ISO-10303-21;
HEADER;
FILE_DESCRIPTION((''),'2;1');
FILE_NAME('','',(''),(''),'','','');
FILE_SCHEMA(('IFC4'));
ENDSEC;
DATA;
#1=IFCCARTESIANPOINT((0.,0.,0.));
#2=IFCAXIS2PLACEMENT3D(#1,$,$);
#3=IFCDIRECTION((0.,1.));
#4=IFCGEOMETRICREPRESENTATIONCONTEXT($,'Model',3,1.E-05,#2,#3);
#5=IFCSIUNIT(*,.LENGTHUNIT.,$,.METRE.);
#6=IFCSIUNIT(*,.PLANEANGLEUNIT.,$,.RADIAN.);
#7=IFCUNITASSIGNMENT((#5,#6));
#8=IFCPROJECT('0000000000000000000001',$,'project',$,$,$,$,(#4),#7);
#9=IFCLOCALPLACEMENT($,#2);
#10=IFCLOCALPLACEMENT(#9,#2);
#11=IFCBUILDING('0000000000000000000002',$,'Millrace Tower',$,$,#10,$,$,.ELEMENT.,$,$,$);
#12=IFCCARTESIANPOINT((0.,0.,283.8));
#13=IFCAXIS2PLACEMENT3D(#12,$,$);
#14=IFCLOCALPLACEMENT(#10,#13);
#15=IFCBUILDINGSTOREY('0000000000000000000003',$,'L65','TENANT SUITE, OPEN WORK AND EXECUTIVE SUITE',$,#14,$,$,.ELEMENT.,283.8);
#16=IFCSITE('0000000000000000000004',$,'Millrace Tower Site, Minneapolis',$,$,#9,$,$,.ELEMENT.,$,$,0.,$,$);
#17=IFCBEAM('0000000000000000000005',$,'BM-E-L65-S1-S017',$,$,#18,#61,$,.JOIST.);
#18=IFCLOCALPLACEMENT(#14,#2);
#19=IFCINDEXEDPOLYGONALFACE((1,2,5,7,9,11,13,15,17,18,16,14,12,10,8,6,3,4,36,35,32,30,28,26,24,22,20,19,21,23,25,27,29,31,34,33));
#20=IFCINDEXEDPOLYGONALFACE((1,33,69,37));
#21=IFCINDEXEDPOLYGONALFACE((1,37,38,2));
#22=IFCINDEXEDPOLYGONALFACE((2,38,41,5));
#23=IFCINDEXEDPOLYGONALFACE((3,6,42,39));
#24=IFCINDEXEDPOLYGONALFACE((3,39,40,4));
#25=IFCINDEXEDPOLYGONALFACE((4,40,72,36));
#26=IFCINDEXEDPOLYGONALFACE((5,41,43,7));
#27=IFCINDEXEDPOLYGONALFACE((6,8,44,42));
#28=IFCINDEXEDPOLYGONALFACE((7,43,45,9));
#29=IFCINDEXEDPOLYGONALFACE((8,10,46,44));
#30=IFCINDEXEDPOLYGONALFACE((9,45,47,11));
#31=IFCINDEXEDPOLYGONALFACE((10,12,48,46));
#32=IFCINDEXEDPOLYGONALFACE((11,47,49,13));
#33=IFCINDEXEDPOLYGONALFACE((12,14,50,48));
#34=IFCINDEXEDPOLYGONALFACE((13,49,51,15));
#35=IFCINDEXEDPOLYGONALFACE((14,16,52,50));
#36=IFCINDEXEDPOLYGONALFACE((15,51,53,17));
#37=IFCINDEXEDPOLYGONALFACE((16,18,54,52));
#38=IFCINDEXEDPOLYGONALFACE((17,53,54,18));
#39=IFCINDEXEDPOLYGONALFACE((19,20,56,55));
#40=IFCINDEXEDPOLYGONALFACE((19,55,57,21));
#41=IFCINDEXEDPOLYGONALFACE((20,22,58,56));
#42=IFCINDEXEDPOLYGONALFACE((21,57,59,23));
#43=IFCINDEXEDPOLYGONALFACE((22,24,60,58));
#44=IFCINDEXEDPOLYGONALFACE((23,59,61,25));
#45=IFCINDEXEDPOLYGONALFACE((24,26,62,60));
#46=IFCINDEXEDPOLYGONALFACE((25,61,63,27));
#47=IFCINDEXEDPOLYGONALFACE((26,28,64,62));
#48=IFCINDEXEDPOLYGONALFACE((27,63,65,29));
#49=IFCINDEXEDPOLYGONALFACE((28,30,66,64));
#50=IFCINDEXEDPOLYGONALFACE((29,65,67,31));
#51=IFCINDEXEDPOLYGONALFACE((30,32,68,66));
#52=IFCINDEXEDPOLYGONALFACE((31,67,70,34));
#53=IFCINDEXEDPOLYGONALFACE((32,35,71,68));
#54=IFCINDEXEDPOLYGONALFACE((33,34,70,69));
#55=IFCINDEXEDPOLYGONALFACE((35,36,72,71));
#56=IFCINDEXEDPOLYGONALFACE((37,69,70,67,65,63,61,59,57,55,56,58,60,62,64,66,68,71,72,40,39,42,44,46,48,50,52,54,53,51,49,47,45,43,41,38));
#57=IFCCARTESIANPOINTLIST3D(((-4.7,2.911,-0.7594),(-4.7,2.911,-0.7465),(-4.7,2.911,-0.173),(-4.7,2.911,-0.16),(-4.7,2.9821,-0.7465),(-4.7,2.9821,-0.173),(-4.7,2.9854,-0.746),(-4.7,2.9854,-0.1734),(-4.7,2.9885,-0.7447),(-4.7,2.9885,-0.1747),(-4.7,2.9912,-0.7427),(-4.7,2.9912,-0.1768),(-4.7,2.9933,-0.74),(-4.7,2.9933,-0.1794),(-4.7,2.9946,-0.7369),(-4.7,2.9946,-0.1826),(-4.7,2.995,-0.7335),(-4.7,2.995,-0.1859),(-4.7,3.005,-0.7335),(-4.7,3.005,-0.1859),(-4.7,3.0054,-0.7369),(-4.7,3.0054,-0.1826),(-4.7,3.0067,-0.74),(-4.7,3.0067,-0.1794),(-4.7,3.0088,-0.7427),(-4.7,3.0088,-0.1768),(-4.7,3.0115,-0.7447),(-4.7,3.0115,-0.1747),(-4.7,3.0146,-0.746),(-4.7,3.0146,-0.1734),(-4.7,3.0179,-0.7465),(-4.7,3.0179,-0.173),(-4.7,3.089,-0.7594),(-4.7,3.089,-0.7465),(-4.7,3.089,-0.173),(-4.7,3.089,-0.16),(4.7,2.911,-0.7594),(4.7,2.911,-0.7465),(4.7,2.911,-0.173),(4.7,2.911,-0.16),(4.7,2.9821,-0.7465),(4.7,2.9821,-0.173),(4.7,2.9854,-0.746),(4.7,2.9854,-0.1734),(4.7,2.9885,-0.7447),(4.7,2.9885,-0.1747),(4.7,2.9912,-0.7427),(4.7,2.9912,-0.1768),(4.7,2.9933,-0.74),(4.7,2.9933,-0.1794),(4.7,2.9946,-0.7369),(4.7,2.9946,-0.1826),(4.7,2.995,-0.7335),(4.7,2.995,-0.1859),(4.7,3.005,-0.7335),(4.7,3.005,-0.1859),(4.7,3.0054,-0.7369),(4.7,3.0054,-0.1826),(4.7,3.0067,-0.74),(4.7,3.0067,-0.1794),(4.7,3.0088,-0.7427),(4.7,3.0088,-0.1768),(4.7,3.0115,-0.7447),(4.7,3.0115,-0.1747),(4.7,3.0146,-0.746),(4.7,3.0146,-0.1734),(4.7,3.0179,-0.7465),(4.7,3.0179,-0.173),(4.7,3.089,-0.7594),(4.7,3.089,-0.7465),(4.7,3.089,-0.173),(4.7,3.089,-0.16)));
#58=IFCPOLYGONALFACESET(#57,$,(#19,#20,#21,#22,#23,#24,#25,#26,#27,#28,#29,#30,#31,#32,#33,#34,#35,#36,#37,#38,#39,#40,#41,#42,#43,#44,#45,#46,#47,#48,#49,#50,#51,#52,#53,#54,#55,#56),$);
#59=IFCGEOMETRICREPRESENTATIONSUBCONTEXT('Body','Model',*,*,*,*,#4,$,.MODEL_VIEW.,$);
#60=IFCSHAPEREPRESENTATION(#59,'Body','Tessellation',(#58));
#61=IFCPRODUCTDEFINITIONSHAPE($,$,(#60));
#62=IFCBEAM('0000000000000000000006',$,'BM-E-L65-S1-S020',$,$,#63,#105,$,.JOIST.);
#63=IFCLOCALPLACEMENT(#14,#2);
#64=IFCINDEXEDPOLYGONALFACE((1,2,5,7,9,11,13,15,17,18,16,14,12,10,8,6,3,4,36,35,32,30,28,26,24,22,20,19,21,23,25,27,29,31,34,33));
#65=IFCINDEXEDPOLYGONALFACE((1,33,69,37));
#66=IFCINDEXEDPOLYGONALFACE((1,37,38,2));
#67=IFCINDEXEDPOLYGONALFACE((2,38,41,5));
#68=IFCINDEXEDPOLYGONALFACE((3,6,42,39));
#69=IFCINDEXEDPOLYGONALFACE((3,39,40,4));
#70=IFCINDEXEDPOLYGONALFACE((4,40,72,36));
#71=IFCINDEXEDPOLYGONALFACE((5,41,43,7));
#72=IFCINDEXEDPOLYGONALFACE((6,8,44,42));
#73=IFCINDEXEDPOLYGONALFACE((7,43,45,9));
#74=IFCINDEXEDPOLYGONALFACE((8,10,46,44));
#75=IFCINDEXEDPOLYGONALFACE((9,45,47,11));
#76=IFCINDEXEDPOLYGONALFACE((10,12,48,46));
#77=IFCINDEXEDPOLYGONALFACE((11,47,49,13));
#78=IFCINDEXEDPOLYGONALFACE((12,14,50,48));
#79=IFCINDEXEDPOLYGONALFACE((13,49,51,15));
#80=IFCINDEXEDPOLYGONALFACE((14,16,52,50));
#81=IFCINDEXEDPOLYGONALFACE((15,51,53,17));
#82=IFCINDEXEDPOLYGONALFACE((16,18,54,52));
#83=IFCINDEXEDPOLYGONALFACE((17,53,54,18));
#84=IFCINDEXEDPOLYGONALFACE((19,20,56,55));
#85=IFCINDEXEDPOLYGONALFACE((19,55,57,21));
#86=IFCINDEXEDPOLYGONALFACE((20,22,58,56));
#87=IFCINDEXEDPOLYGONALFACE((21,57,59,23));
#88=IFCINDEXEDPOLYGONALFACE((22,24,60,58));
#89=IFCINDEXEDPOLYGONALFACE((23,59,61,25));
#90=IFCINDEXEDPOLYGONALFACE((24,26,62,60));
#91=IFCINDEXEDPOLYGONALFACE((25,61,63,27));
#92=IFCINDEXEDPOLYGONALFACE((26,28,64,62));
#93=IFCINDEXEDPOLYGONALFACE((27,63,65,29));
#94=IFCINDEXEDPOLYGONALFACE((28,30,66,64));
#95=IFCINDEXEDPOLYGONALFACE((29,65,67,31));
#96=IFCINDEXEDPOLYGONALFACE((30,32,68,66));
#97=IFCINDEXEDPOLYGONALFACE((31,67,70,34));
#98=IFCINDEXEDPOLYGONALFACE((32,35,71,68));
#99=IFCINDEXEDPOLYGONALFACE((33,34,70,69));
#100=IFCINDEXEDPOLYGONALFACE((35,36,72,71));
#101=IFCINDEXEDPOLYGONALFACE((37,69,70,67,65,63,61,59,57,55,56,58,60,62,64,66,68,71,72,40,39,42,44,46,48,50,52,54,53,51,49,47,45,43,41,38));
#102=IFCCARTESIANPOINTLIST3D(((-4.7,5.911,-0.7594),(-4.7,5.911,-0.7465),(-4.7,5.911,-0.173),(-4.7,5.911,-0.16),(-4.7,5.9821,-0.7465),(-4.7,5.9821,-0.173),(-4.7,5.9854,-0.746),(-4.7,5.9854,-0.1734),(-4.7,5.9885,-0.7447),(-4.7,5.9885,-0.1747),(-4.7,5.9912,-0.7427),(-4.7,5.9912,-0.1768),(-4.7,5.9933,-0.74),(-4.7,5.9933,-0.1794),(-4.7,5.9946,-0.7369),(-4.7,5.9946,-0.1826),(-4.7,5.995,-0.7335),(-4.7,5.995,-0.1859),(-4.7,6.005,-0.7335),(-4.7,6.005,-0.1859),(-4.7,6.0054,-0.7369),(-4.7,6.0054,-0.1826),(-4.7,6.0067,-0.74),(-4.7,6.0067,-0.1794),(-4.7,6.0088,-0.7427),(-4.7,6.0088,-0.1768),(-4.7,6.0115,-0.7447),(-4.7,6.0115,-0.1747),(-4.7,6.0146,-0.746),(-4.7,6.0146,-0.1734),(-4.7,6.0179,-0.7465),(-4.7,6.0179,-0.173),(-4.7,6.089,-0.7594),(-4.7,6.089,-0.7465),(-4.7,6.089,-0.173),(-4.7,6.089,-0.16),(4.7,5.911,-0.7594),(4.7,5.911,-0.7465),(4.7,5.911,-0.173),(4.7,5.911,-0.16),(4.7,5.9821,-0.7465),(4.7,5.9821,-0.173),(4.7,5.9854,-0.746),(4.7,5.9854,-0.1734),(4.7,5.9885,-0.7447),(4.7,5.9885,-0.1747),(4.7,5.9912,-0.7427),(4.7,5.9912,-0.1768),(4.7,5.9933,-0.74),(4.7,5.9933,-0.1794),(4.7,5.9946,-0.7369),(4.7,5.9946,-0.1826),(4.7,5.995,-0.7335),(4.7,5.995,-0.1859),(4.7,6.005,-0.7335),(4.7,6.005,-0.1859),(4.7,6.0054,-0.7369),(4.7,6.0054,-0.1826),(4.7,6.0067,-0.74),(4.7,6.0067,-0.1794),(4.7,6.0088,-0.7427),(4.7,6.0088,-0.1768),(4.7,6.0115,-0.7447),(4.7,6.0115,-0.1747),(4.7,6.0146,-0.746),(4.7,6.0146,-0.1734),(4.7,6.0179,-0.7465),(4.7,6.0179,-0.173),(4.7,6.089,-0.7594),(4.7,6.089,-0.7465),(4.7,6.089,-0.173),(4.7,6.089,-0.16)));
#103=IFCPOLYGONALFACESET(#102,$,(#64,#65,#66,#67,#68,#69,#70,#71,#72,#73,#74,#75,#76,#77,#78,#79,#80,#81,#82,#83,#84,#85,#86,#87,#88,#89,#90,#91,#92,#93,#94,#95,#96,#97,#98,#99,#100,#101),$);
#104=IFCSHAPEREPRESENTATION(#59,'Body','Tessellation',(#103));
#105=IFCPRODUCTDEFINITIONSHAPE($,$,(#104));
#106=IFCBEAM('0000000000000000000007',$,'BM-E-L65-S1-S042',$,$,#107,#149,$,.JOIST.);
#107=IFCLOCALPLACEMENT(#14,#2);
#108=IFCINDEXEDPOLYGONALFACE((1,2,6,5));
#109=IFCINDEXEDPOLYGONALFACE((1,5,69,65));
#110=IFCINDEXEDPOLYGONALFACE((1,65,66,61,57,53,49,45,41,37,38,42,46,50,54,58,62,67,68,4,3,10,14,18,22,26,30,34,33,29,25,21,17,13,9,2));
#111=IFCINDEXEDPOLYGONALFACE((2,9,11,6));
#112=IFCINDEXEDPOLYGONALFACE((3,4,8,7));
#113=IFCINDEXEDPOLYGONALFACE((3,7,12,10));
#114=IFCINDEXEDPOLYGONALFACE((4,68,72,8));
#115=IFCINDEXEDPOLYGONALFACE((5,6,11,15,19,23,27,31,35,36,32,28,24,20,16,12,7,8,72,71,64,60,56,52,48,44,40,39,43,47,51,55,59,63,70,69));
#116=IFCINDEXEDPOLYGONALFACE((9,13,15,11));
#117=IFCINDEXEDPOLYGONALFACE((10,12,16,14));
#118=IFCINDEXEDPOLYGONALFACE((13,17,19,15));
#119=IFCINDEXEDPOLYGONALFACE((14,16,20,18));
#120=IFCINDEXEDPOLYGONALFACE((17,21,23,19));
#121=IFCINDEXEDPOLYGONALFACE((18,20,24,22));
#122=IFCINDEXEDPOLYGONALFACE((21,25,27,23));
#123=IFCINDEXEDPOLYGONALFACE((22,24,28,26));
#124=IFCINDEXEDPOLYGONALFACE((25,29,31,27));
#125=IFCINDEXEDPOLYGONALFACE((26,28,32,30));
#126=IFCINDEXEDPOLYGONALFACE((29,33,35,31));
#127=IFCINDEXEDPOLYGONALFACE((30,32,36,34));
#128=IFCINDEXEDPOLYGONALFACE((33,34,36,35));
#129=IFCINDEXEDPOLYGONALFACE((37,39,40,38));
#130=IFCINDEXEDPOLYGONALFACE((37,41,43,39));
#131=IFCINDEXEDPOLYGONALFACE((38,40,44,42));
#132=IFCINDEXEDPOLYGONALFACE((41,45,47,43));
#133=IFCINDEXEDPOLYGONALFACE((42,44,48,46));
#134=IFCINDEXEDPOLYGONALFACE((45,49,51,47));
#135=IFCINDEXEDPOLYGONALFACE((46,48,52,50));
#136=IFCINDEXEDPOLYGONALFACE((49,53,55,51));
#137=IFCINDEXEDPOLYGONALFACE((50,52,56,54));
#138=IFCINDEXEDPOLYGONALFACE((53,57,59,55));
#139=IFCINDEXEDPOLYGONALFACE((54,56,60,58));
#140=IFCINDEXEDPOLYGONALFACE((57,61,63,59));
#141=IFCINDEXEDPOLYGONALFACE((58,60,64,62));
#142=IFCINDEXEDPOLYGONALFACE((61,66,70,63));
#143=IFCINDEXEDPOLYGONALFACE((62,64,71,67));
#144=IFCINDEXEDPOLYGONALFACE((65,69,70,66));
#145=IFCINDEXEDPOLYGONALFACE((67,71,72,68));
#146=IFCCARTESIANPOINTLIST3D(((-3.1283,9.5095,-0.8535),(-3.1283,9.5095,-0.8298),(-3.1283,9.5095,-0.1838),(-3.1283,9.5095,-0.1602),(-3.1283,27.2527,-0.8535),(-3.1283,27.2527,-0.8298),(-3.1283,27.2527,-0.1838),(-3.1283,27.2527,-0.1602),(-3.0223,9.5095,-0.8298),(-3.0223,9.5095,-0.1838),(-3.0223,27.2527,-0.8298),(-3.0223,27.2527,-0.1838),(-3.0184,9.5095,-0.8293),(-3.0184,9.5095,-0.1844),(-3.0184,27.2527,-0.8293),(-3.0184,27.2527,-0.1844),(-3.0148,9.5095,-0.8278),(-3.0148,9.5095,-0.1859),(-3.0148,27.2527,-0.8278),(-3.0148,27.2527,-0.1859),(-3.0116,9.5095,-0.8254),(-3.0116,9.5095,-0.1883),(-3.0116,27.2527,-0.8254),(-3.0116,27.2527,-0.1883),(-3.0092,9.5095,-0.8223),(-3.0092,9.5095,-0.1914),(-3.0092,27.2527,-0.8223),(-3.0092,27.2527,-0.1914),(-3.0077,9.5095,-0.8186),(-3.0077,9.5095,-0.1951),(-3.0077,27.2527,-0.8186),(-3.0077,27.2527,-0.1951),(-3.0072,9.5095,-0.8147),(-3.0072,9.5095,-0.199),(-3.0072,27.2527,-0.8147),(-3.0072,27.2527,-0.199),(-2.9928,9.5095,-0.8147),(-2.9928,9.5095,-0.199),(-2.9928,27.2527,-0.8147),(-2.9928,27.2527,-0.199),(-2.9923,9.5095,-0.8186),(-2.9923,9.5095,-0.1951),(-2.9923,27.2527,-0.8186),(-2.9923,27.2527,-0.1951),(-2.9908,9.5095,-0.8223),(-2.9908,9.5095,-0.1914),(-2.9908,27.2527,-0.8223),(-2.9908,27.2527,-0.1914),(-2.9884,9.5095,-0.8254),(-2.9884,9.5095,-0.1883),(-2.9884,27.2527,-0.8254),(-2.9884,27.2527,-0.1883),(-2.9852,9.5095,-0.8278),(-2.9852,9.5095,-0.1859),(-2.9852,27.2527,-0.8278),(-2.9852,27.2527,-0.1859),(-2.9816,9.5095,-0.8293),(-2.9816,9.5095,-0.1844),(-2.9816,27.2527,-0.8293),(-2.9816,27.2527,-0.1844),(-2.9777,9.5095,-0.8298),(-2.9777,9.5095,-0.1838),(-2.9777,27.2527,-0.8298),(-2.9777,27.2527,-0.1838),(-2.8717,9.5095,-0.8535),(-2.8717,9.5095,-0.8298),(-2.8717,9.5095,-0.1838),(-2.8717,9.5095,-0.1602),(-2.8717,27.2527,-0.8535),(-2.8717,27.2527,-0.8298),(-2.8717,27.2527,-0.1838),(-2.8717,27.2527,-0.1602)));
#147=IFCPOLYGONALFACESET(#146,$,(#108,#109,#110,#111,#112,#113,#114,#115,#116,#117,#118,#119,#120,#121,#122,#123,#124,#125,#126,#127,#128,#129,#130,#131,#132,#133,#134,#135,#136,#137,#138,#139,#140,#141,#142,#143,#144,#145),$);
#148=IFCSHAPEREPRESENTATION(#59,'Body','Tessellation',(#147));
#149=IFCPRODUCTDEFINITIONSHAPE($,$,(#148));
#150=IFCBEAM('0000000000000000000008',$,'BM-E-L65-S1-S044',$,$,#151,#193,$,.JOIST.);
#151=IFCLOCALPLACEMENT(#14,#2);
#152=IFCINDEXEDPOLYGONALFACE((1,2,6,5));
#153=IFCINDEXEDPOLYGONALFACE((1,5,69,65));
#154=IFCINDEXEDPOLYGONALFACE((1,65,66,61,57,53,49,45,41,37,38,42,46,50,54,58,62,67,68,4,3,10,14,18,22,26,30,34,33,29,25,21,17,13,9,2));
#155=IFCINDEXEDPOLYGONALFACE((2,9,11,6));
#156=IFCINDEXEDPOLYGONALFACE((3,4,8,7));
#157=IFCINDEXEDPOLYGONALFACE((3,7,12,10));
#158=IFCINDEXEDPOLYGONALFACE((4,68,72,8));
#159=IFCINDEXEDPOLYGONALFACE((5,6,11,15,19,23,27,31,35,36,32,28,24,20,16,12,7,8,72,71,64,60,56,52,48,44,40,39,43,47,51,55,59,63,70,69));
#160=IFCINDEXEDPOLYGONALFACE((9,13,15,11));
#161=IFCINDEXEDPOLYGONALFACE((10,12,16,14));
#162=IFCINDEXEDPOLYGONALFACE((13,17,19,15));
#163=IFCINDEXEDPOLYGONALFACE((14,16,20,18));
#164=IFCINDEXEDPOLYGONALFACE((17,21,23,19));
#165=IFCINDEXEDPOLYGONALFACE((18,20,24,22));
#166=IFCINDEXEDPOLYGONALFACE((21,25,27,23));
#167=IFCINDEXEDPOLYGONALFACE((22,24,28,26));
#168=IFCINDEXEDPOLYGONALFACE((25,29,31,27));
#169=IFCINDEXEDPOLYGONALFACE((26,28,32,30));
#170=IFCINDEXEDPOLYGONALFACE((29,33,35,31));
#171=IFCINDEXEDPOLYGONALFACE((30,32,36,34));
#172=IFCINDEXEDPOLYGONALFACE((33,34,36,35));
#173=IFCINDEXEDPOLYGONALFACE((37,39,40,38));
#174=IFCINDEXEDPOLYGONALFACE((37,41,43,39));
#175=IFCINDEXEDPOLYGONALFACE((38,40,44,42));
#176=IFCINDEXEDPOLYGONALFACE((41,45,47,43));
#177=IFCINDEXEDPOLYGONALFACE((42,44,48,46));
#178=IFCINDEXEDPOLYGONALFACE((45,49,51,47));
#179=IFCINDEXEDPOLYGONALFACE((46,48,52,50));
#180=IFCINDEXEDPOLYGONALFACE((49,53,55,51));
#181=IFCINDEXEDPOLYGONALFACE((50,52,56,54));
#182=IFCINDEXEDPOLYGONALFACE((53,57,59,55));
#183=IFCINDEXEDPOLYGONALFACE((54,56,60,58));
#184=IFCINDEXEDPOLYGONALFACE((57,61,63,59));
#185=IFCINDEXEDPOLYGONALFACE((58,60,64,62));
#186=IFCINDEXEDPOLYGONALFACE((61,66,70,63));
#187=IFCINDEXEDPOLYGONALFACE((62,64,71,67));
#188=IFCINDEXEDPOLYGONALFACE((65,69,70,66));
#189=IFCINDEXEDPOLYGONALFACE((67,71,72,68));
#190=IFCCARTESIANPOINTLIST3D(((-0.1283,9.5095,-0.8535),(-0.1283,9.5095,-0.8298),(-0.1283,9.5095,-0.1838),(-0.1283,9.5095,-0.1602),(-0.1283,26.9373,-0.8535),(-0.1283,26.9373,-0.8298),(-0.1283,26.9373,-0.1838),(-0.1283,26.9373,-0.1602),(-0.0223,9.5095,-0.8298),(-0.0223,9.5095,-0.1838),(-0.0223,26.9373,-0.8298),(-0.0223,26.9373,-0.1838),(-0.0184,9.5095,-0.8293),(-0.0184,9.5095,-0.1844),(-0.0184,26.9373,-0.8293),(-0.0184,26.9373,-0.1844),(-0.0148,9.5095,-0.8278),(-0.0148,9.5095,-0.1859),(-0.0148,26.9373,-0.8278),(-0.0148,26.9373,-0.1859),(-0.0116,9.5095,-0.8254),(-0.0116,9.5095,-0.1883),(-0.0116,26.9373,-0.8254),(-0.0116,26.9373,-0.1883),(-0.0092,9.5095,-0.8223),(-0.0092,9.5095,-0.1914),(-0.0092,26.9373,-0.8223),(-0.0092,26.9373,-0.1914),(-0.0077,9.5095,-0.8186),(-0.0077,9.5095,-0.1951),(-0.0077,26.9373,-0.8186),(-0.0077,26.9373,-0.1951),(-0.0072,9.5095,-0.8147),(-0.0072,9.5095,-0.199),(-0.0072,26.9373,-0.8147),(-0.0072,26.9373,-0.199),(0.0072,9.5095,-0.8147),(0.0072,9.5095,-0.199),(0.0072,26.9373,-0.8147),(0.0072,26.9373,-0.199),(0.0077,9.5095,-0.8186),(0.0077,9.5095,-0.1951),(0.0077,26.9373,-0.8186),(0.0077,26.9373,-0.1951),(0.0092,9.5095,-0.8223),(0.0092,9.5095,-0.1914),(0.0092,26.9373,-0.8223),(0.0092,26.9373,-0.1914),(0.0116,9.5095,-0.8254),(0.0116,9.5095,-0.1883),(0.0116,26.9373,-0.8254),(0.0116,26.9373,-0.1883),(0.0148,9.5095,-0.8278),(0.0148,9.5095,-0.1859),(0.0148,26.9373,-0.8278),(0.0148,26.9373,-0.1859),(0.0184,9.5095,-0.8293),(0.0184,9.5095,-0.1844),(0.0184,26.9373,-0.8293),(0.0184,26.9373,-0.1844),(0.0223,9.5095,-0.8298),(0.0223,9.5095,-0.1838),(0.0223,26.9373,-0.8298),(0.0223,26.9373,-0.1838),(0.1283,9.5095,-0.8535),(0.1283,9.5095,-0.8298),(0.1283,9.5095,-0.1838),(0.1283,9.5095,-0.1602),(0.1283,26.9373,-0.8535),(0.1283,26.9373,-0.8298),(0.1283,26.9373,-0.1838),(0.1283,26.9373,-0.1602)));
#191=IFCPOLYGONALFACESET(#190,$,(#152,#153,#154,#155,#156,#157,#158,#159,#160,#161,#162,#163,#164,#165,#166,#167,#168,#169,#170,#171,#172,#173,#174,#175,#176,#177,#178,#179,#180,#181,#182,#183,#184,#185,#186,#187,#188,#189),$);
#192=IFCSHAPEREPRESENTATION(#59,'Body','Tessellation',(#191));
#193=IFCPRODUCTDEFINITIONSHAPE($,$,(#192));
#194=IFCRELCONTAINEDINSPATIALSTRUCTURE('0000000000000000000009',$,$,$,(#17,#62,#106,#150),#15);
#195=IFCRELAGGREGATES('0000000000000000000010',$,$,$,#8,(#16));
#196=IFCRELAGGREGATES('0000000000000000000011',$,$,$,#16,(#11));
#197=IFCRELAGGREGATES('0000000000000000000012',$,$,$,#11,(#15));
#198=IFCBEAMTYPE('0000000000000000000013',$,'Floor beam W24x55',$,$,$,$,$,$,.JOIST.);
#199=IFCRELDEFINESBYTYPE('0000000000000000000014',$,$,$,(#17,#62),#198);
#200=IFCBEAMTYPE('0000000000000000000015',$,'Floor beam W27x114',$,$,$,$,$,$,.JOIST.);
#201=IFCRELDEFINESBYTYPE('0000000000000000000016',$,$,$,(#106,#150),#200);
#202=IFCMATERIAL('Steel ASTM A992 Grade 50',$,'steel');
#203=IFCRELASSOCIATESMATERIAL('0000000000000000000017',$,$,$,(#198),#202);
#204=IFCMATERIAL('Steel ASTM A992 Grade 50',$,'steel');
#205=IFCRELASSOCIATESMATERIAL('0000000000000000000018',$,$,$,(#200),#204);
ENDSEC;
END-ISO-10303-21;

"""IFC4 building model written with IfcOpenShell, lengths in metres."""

from ifc_helpers import new_model, si_unit, direction, frame, origin, origin_2d, place, context, subcontext, project, spatial, i_section, extrude, material, material_profile, profile_set, type_object, element, save


model = new_model("IFC4")

# Units and contexts
model_context = context("Model", 3, precision=1e-05, world=origin(), true_north=direction((0.0, 1.0)))
body_context = subcontext(model_context, "Body", "Model", "MODEL_VIEW")
ifc_project = project(units=[si_unit("LENGTHUNIT", "METRE"), si_unit("PLANEANGLEUNIT", "RADIAN")], contexts=[model_context])

# Site, building, storey
site_placement = place(None, origin())
site = spatial("IfcSite", under=ifc_project, at=site_placement, Name="Millrace Tower Site, Minneapolis", CompositionType="ELEMENT", RefElevation=0.0)
building_placement = place(site_placement, origin())
building = spatial("IfcBuilding", under=site, at=building_placement, Name="Millrace Tower", CompositionType="ELEMENT")
storey_placement = place(building_placement, frame((0.0, 0.0, 283.8)))
storey = spatial("IfcBuildingStorey", under=building, at=storey_placement, Name="L65", Description="TENANT SUITE, OPEN WORK AND EXECUTIVE SUITE", CompositionType="ELEMENT", Elevation=283.8)

# Beams
ifc_material_1 = material(Name="Steel ASTM A992 Grade 50", Category="steel")
ifc_material_profile_1 = material_profile(ifc_material_1, i_section(OverallWidth=0.178, OverallDepth=0.5994, WebThickness=0.01, FlangeThickness=0.0129, FilletRadius=0.0129, at=origin_2d()))
ifc_profile_set_1 = profile_set([ifc_material_profile_1], Name="Steel ASTM A992 Grade 50")
beam_type_1 = type_object("IfcBeamType", Name="Floor beam W24x55", PredefinedType="JOIST", material=ifc_profile_set_1)
for number, where, z_axis, x_axis, name in (
    (1, (-4.7, 3.0, -0.4597), (1.0, 0.0, 0.0), (0.0, 1.0, 0.0), "BM-E-L65-S1-S017"),
    (2, (-4.7, 6.0, -0.4597), (1.0, 0.0, 0.0), (0.0, 1.0, 0.0), "BM-E-L65-S1-S020"),
):
    element("IfcBeam", number, at=place(storey_placement, frame(where, z_axis=z_axis, x_axis=x_axis)), inside=storey, type_object=beam_type_1, Name=name, PredefinedType="JOIST", context=body_context, shape_type="SweptSolid", body=[
        extrude(i_section(OverallWidth=0.178, OverallDepth=0.5994, WebThickness=0.01, FlangeThickness=0.0129, FilletRadius=0.0129, at=origin_2d()), origin(), (0.0, 0.0, 1.0), 9.3999),
    ])
ifc_material_2 = material(Name="Steel ASTM A992 Grade 50", Category="steel")
ifc_material_profile_2 = material_profile(ifc_material_2, i_section(OverallWidth=0.2566, OverallDepth=0.6934, WebThickness=0.0144, FlangeThickness=0.0237, FilletRadius=0.0151, at=origin_2d()))
ifc_profile_set_2 = profile_set([ifc_material_profile_2], Name="Steel ASTM A992 Grade 50")
beam_type_2 = type_object("IfcBeamType", Name="Floor beam W27x114", PredefinedType="JOIST", material=ifc_profile_set_2)
beam_1_placement = place(storey_placement, frame((-3.0, 9.5095, -0.5068), z_axis=(0.0, 1.0, 0.0), x_axis=(-1.0, 0.0, 0.0)))
element("IfcBeam", 3, at=beam_1_placement, inside=storey, type_object=beam_type_2, Name="BM-E-L65-S1-S042", PredefinedType="JOIST", context=body_context, shape_type="SweptSolid", body=[
    extrude(i_section(OverallWidth=0.2566, OverallDepth=0.6934, WebThickness=0.0144, FlangeThickness=0.0237, FilletRadius=0.0151, at=origin_2d()), origin(), (0.0, 0.0, 1.0), 17.7432),
])
beam_2_placement = place(storey_placement, frame((0.0, 9.5095, -0.5068), z_axis=(0.0, 1.0, 0.0), x_axis=(-1.0, 0.0, 0.0)))
element("IfcBeam", 4, at=beam_2_placement, inside=storey, type_object=beam_type_2, Name="BM-E-L65-S1-S044", PredefinedType="JOIST", context=body_context, shape_type="SweptSolid", body=[
    extrude(i_section(OverallWidth=0.2566, OverallDepth=0.6934, WebThickness=0.0144, FlangeThickness=0.0237, FilletRadius=0.0151, at=origin_2d()), origin(), (0.0, 0.0, 1.0), 17.4277),
])

save(model, "model.ifc")
